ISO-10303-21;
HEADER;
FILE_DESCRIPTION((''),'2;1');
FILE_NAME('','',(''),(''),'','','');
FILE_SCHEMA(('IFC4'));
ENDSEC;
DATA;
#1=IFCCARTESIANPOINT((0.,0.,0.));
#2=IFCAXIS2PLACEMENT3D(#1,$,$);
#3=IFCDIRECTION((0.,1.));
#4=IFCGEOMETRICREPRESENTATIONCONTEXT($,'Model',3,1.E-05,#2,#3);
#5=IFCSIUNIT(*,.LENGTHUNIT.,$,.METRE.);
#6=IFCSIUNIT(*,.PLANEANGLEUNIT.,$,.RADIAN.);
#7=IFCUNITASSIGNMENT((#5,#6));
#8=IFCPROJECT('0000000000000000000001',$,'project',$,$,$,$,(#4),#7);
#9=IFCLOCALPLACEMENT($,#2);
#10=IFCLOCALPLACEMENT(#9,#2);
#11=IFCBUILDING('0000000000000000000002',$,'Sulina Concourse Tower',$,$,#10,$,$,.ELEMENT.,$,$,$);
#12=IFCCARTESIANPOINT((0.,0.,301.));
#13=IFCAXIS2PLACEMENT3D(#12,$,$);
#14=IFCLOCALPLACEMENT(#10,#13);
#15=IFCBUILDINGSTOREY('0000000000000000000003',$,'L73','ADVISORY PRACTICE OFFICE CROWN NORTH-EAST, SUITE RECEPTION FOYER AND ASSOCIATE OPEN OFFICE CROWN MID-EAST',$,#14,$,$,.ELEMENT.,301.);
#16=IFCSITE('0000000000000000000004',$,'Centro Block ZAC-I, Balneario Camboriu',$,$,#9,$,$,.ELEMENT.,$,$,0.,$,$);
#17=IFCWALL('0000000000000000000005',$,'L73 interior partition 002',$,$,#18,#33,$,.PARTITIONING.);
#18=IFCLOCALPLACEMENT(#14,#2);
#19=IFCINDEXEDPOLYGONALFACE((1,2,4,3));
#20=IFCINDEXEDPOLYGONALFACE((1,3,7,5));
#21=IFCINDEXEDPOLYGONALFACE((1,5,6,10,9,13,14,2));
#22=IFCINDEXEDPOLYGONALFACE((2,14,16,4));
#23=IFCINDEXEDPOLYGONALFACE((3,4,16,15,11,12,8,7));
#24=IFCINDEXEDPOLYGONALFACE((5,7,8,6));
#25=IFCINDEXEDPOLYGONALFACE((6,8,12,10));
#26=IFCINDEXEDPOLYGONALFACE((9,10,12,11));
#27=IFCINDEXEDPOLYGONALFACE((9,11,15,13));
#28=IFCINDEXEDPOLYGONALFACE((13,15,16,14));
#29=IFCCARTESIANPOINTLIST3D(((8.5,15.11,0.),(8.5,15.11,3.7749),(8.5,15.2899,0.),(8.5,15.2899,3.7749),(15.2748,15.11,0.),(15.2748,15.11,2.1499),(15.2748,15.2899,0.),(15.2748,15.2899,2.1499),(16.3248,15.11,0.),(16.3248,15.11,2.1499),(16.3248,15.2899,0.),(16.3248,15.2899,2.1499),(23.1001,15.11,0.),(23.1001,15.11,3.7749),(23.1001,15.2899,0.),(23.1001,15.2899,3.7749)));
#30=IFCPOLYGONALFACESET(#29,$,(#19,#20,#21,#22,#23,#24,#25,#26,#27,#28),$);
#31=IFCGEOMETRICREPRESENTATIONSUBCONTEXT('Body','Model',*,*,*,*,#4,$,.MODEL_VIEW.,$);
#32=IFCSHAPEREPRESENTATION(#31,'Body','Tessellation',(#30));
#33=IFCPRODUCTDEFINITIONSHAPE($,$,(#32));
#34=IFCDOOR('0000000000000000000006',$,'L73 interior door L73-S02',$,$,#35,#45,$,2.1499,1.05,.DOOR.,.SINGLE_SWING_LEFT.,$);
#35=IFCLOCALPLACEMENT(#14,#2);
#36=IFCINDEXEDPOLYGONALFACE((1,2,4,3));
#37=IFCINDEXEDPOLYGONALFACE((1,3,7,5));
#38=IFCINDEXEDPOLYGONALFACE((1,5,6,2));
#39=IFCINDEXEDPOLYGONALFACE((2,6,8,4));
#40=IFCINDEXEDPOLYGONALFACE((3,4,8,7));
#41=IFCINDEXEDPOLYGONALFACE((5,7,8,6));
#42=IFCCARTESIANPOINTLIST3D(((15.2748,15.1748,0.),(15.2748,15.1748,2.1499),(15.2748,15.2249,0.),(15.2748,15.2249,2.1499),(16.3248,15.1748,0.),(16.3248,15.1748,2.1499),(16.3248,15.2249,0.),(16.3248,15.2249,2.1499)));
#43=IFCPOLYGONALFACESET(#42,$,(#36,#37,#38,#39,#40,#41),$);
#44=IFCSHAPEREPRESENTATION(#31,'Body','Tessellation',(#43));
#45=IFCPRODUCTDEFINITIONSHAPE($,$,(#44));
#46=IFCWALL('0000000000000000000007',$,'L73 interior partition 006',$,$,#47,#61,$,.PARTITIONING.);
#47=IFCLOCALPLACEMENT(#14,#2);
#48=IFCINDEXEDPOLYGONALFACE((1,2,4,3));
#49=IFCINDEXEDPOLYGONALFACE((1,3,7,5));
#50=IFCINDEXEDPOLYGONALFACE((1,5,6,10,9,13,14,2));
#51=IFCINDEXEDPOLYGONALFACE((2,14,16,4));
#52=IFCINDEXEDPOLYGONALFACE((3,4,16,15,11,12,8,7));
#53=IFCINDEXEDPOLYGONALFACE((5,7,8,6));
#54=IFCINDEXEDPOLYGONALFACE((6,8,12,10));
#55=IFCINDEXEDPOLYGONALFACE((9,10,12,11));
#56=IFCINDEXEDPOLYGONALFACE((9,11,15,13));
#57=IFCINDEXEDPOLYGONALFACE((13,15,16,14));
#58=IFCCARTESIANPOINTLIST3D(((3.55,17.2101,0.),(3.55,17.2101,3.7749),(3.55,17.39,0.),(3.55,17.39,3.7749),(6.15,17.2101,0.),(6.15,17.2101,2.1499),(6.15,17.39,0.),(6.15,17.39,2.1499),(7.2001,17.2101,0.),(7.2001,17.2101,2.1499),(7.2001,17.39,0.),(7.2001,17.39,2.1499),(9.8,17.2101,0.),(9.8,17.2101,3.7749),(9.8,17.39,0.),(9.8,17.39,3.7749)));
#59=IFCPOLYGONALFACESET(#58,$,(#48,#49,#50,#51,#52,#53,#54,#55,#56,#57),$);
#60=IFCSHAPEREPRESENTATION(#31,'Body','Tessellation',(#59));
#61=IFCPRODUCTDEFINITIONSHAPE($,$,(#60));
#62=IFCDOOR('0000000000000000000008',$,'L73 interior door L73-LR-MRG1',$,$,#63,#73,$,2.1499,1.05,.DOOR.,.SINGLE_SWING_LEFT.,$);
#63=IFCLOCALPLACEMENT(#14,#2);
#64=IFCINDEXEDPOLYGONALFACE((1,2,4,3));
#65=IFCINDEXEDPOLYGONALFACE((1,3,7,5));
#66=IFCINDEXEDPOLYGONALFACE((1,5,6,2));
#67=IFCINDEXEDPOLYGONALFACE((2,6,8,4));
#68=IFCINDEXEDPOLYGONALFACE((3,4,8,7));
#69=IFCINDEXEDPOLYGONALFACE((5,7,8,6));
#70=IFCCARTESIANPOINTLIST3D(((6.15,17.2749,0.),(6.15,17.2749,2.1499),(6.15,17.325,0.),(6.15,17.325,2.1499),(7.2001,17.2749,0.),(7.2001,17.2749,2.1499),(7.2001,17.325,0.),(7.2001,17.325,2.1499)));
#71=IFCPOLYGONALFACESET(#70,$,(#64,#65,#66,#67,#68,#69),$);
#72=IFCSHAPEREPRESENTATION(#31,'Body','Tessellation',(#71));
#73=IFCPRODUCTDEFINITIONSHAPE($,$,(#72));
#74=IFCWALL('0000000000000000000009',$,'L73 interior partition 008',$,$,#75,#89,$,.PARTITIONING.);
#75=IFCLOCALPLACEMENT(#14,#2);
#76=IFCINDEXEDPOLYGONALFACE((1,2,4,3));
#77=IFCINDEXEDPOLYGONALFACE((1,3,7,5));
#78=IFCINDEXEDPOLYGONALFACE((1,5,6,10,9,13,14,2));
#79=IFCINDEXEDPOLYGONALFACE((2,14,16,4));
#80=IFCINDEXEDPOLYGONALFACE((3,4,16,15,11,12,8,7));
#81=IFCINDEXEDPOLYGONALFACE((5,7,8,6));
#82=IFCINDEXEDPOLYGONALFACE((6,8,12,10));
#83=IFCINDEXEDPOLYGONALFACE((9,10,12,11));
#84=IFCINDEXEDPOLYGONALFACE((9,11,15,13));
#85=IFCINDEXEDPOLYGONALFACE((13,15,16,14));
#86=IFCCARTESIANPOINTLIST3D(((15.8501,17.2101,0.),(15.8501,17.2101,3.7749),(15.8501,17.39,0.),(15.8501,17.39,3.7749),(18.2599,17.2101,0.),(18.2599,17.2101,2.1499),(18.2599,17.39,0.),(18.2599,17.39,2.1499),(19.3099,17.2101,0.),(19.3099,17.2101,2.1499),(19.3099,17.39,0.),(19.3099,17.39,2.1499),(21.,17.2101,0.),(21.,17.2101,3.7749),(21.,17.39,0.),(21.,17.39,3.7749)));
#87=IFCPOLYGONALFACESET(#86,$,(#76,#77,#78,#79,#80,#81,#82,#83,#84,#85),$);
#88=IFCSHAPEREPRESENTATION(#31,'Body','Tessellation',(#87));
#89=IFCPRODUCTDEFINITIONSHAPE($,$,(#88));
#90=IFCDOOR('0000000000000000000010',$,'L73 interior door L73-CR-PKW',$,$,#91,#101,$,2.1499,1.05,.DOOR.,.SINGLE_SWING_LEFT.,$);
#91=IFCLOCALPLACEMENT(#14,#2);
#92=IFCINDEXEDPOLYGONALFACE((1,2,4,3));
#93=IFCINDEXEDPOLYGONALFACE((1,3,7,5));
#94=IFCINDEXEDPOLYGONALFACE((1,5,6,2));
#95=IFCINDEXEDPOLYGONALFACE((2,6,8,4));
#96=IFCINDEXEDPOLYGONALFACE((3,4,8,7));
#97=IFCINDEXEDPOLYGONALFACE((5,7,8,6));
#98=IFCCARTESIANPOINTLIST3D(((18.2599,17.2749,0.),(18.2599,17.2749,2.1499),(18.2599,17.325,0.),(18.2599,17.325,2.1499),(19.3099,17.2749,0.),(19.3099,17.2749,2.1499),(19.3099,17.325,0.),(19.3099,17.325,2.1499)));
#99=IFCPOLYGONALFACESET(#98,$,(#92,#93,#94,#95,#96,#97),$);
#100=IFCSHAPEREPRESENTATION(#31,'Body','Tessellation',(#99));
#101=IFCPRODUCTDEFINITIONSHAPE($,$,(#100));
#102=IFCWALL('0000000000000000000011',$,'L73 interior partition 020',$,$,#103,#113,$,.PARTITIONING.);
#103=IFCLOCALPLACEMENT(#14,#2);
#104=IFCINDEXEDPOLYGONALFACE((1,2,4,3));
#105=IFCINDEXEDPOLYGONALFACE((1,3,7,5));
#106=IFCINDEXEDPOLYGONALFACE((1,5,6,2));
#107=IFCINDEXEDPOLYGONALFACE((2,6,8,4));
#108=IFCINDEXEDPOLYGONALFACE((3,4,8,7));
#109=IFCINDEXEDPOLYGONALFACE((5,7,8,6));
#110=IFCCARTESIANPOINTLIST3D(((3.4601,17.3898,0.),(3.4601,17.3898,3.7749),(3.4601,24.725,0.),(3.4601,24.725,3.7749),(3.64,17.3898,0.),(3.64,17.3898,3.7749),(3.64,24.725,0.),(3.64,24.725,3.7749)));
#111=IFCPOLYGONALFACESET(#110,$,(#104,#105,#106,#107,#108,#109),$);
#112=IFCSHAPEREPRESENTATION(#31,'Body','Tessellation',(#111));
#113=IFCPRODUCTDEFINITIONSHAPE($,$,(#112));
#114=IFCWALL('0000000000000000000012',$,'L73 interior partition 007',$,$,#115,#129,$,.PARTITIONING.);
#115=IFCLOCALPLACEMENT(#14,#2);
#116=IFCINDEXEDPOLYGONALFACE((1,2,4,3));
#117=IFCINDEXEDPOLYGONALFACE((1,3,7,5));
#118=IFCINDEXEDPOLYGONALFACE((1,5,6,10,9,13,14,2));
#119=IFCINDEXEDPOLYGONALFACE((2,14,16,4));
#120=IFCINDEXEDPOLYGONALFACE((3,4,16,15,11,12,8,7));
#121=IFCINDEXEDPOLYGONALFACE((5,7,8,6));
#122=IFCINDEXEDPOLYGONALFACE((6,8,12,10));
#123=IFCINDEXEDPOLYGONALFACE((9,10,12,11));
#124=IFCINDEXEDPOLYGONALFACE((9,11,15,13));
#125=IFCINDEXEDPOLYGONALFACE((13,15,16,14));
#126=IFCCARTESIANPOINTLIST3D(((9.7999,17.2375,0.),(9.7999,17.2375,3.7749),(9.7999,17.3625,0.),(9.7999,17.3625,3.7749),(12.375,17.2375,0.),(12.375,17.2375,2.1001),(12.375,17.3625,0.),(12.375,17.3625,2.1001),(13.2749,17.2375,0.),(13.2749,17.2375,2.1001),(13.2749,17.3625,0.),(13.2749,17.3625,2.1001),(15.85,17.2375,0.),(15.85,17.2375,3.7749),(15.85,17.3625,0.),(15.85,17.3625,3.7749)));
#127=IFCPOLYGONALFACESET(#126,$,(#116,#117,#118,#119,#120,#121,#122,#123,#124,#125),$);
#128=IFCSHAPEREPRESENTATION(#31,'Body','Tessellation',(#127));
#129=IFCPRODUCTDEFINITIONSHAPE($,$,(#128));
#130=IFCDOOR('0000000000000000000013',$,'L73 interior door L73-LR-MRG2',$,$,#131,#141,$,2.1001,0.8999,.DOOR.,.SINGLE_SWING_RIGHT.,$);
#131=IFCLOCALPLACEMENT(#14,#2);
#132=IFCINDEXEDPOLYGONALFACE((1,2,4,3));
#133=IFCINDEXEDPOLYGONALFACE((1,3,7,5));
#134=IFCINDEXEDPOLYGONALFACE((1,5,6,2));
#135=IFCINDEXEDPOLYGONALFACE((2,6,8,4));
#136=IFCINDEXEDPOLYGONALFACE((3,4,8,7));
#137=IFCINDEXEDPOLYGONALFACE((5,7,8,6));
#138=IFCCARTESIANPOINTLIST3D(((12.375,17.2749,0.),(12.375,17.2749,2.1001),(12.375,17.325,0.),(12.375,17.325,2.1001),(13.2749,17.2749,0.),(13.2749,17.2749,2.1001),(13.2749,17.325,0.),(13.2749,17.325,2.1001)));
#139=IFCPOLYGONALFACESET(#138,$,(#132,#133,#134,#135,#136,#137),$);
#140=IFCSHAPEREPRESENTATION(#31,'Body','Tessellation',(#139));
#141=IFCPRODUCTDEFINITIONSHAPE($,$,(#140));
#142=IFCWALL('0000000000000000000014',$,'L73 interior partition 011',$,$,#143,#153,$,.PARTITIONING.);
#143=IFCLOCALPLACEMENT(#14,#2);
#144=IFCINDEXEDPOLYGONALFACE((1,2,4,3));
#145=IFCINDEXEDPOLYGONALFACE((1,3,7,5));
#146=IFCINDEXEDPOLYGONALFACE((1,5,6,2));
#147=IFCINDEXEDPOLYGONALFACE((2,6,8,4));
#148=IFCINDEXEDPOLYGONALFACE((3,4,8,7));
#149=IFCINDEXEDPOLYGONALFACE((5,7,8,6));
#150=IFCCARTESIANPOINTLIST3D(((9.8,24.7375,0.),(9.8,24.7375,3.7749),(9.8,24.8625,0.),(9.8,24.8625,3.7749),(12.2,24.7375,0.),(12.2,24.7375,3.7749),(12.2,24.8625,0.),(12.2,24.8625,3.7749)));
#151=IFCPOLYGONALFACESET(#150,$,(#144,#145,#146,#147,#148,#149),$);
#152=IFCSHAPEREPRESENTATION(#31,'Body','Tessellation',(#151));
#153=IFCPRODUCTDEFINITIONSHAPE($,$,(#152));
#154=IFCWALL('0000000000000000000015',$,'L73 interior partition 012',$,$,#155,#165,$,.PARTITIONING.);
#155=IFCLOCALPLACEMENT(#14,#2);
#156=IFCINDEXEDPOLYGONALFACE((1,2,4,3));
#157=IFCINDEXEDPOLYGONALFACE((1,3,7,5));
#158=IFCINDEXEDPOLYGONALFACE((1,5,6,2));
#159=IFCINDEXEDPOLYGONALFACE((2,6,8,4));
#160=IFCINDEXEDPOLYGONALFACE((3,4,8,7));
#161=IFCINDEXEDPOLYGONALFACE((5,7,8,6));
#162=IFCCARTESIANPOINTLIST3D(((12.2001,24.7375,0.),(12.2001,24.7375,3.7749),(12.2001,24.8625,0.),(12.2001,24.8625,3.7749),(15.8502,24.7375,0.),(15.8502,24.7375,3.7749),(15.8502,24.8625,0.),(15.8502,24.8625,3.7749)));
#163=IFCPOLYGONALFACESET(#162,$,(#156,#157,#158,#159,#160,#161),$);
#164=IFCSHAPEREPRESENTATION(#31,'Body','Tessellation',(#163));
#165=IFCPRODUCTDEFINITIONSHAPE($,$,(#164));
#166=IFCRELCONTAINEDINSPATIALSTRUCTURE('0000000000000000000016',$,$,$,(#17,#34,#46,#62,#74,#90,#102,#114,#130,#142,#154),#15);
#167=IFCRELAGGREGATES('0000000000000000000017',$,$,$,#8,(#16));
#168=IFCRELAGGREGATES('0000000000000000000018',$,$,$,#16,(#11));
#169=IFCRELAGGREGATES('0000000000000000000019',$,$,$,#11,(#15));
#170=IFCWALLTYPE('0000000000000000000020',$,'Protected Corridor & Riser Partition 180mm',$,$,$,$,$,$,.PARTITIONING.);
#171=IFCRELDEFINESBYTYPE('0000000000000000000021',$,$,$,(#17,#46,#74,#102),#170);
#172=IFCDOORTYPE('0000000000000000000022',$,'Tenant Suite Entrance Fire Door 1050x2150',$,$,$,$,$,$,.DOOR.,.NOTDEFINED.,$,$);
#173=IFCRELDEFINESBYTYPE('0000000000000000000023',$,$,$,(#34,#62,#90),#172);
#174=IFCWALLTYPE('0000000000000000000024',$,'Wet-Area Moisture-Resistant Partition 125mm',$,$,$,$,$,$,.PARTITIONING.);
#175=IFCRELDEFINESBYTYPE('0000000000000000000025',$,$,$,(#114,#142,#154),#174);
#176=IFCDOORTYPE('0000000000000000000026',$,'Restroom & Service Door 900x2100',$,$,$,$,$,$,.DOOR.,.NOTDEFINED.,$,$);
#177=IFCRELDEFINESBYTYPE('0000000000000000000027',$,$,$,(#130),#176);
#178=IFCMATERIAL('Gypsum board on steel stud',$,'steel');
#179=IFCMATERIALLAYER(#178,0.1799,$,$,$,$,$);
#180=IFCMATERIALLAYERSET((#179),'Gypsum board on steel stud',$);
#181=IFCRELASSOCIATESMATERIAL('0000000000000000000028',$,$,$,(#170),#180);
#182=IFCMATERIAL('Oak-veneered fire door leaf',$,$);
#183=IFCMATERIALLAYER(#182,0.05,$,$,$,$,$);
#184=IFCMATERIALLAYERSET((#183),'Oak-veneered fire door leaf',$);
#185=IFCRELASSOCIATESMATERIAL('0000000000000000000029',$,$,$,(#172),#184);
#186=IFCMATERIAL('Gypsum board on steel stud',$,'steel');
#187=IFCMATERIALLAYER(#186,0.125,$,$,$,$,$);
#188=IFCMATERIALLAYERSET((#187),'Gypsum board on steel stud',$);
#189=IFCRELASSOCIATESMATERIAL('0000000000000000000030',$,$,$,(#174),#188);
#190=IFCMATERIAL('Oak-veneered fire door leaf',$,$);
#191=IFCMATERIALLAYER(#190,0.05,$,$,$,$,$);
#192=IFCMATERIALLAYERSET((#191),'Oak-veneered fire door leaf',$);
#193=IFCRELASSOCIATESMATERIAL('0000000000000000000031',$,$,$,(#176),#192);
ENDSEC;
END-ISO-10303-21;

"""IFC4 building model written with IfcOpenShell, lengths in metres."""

from ifc_helpers import new_model, si_unit, direction, frame, frame_2d, origin, place, context, subcontext, project, spatial, rectangle, extrude, material, layer, layer_set, type_object, element, fill, save


model = new_model("IFC4")

# Units and contexts
model_context = context("Model", 3, precision=1e-05, world=origin(), true_north=direction((0.0, 1.0)))
body_context = subcontext(model_context, "Body", "Model", "MODEL_VIEW")
ifc_project = project(units=[si_unit("LENGTHUNIT", "METRE"), si_unit("PLANEANGLEUNIT", "RADIAN")], contexts=[model_context])

# Site, building, storey
site_placement = place(None, origin())
site = spatial("IfcSite", under=ifc_project, at=site_placement, Name="Centro Block ZAC-I, Balneario Camboriu", CompositionType="ELEMENT", RefElevation=0.0)
building_placement = place(site_placement, origin())
building = spatial("IfcBuilding", under=site, at=building_placement, Name="Sulina Concourse Tower", CompositionType="ELEMENT")
storey_placement = place(building_placement, frame((0.0, 0.0, 301.0)))
storey = spatial("IfcBuildingStorey", under=building, at=storey_placement, Name="L73", Description="ADVISORY PRACTICE OFFICE CROWN NORTH-EAST, SUITE RECEPTION FOYER AND ASSOCIATE OPEN OFFICE CROWN MID-EAST", CompositionType="ELEMENT", Elevation=301.0)

# Walls, openings, doors
ifc_material_1 = material(Name="Gypsum board on steel stud", Category="steel")
ifc_layer_1 = layer(ifc_material_1, 0.1799)
ifc_layer_set_1 = layer_set([ifc_layer_1], Name="Gypsum board on steel stud")
wall_type_1 = type_object("IfcWallType", Name="Protected Corridor & Riser Partition 180mm", PredefinedType="PARTITIONING", material=ifc_layer_set_1)
wall_1_placement = place(storey_placement, frame((8.5, 15.2, 0.0), z_axis=(0.0, 0.0, 1.0), x_axis=(1.0, 0.0, 0.0)))
wall_1 = element("IfcWall", 1, at=wall_1_placement, inside=storey, type_object=wall_type_1, Name="L73 interior partition 002", PredefinedType="PARTITIONING", context=body_context, shape_type="SweptSolid", body=[
    extrude(rectangle(XDim=14.6001, YDim=0.1799, at=frame_2d((7.3, 0.0))), origin(), (0.0, 0.0, 1.0), 3.7749),
])
opening_1_placement = place(wall_1_placement, frame((6.7749, 0.0, 0.0)))
opening_1 = element("IfcOpeningElement", 2, at=opening_1_placement, cuts=wall_1, PredefinedType="OPENING", context=body_context, shape_type="SweptSolid", body=[
    extrude(rectangle(XDim=1.05, YDim=2.1499, at=frame_2d((0.5249, 1.075))), frame((0.0, 0.0999, 0.0), z_axis=(0.0, -1.0, 0.0), x_axis=(1.0, 0.0, 0.0)), (0.0, 0.0, 1.0), 0.2),
])
ifc_material_2 = material(Name="Oak-veneered fire door leaf")
ifc_layer_2 = layer(ifc_material_2, 0.05)
ifc_layer_set_2 = layer_set([ifc_layer_2], Name="Oak-veneered fire door leaf")
door_type_1 = type_object("IfcDoorType", Name="Tenant Suite Entrance Fire Door 1050x2150", OperationType="NOTDEFINED", PredefinedType="DOOR", material=ifc_layer_set_2)
door_1_placement = place(opening_1_placement, origin())
door_1 = element("IfcDoor", 3, at=door_1_placement, inside=storey, type_object=door_type_1, Name="L73 interior door L73-S02", OperationType="SINGLE_SWING_LEFT", OverallHeight=2.1499, OverallWidth=1.05, PredefinedType="DOOR", context=body_context, shape_type="SweptSolid", body=[
    extrude(rectangle(XDim=1.05, YDim=2.1499, at=frame_2d((0.5249, 1.075))), frame((0.0, 0.0249, 0.0), z_axis=(0.0, -1.0, 0.0), x_axis=(1.0, 0.0, 0.0)), (0.0, 0.0, 1.0), 0.05),
])
fill(opening_1, door_1)
wall_2_placement = place(storey_placement, frame((3.55, 17.3, 0.0), z_axis=(0.0, 0.0, 1.0), x_axis=(1.0, 0.0, 0.0)))
wall_2 = element("IfcWall", 4, at=wall_2_placement, inside=storey, type_object=wall_type_1, Name="L73 interior partition 006", PredefinedType="PARTITIONING", context=body_context, shape_type="SweptSolid", body=[
    extrude(rectangle(XDim=6.25, YDim=0.1799, at=frame_2d((3.125, 0.0))), origin(), (0.0, 0.0, 1.0), 3.7749),
])
opening_2_placement = place(wall_2_placement, frame((2.6001, 0.0, 0.0)))
opening_2 = element("IfcOpeningElement", 5, at=opening_2_placement, cuts=wall_2, PredefinedType="OPENING", context=body_context, shape_type="SweptSolid", body=[
    extrude(rectangle(XDim=1.05, YDim=2.1499, at=frame_2d((0.5249, 1.075))), frame((0.0, 0.0999, 0.0), z_axis=(0.0, -1.0, 0.0), x_axis=(1.0, 0.0, 0.0)), (0.0, 0.0, 1.0), 0.2),
])
door_2_placement = place(opening_2_placement, origin())
door_2 = element("IfcDoor", 6, at=door_2_placement, inside=storey, type_object=door_type_1, Name="L73 interior door L73-LR-MRG1", OperationType="SINGLE_SWING_LEFT", OverallHeight=2.1499, OverallWidth=1.05, PredefinedType="DOOR", context=body_context, shape_type="SweptSolid", body=[
    extrude(rectangle(XDim=1.05, YDim=2.1499, at=frame_2d((0.5249, 1.075))), frame((0.0, 0.0249, 0.0), z_axis=(0.0, -1.0, 0.0), x_axis=(1.0, 0.0, 0.0)), (0.0, 0.0, 1.0), 0.05),
])
fill(opening_2, door_2)
wall_3_placement = place(storey_placement, frame((15.8501, 17.3, 0.0), z_axis=(0.0, 0.0, 1.0), x_axis=(1.0, 0.0, 0.0)))
wall_3 = element("IfcWall", 7, at=wall_3_placement, inside=storey, type_object=wall_type_1, Name="L73 interior partition 008", PredefinedType="PARTITIONING", context=body_context, shape_type="SweptSolid", body=[
    extrude(rectangle(XDim=5.1499, YDim=0.1799, at=frame_2d((2.575, 0.0))), origin(), (0.0, 0.0, 1.0), 3.7749),
])
opening_3_placement = place(wall_3_placement, frame((2.4099, 0.0, 0.0)))
opening_3 = element("IfcOpeningElement", 8, at=opening_3_placement, cuts=wall_3, PredefinedType="OPENING", context=body_context, shape_type="SweptSolid", body=[
    extrude(rectangle(XDim=1.05, YDim=2.1499, at=frame_2d((0.5249, 1.075))), frame((0.0, 0.0999, 0.0), z_axis=(0.0, -1.0, 0.0), x_axis=(1.0, 0.0, 0.0)), (0.0, 0.0, 1.0), 0.2),
])
door_3_placement = place(opening_3_placement, origin())
door_3 = element("IfcDoor", 9, at=door_3_placement, inside=storey, type_object=door_type_1, Name="L73 interior door L73-CR-PKW", OperationType="SINGLE_SWING_LEFT", OverallHeight=2.1499, OverallWidth=1.05, PredefinedType="DOOR", context=body_context, shape_type="SweptSolid", body=[
    extrude(rectangle(XDim=1.05, YDim=2.1499, at=frame_2d((0.5249, 1.075))), frame((0.0, 0.0249, 0.0), z_axis=(0.0, -1.0, 0.0), x_axis=(1.0, 0.0, 0.0)), (0.0, 0.0, 1.0), 0.05),
])
fill(opening_3, door_3)

# Wall
wall_4_placement = place(storey_placement, frame((3.55, 17.3899, 0.0), z_axis=(0.0, 0.0, 1.0), x_axis=(0.0, 1.0, 0.0)))
element("IfcWall", 10, at=wall_4_placement, inside=storey, type_object=wall_type_1, Name="L73 interior partition 020", PredefinedType="PARTITIONING", context=body_context, shape_type="SweptSolid", body=[
    extrude(rectangle(XDim=7.3352, YDim=0.1799, at=frame_2d((3.6675, 0.0))), origin(), (0.0, 0.0, 1.0), 3.7749),
])

# Wall, opening, door
ifc_material_3 = material(Name="Gypsum board on steel stud", Category="steel")
ifc_layer_3 = layer(ifc_material_3, 0.125)
ifc_layer_set_3 = layer_set([ifc_layer_3], Name="Gypsum board on steel stud")
wall_type_2 = type_object("IfcWallType", Name="Wet-Area Moisture-Resistant Partition 125mm", PredefinedType="PARTITIONING", material=ifc_layer_set_3)
wall_5_placement = place(storey_placement, frame((9.8, 17.3, 0.0), z_axis=(0.0, 0.0, 1.0), x_axis=(1.0, 0.0, 0.0)))
wall_5 = element("IfcWall", 11, at=wall_5_placement, inside=storey, type_object=wall_type_2, Name="L73 interior partition 007", PredefinedType="PARTITIONING", context=body_context, shape_type="SweptSolid", body=[
    extrude(rectangle(XDim=6.05, YDim=0.125, at=frame_2d((3.0249, 0.0))), origin(), (0.0, 0.0, 1.0), 3.7749),
])
opening_4_placement = place(wall_5_placement, frame((2.575, 0.0, 0.0)))
opening_4 = element("IfcOpeningElement", 12, at=opening_4_placement, cuts=wall_5, PredefinedType="OPENING", context=body_context, shape_type="SweptSolid", body=[
    extrude(rectangle(XDim=0.8999, YDim=2.1001, at=frame_2d((0.45, 1.05))), frame((0.0, 0.0725, 0.0), z_axis=(0.0, -1.0, 0.0), x_axis=(1.0, 0.0, 0.0)), (0.0, 0.0, 1.0), 0.145),
])
ifc_material_4 = material(Name="Oak-veneered fire door leaf")
ifc_layer_4 = layer(ifc_material_4, 0.05)
ifc_layer_set_4 = layer_set([ifc_layer_4], Name="Oak-veneered fire door leaf")
door_type_2 = type_object("IfcDoorType", Name="Restroom & Service Door 900x2100", OperationType="NOTDEFINED", PredefinedType="DOOR", material=ifc_layer_set_4)
door_4_placement = place(opening_4_placement, origin())
door_4 = element("IfcDoor", 13, at=door_4_placement, inside=storey, type_object=door_type_2, Name="L73 interior door L73-LR-MRG2", OperationType="SINGLE_SWING_RIGHT", OverallHeight=2.1001, OverallWidth=0.8999, PredefinedType="DOOR", context=body_context, shape_type="SweptSolid", body=[
    extrude(rectangle(XDim=0.8999, YDim=2.1001, at=frame_2d((0.45, 1.05))), frame((0.0, 0.0249, 0.0), z_axis=(0.0, -1.0, 0.0), x_axis=(1.0, 0.0, 0.0)), (0.0, 0.0, 1.0), 0.05),
])
fill(opening_4, door_4)

# Walls
wall_6_placement = place(storey_placement, frame((9.8, 24.8, 0.0), z_axis=(0.0, 0.0, 1.0), x_axis=(1.0, 0.0, 0.0)))
element("IfcWall", 14, at=wall_6_placement, inside=storey, type_object=wall_type_2, Name="L73 interior partition 011", PredefinedType="PARTITIONING", context=body_context, shape_type="SweptSolid", body=[
    extrude(rectangle(XDim=2.3999, YDim=0.125, at=frame_2d((1.2, 0.0))), origin(), (0.0, 0.0, 1.0), 3.7749),
])
wall_7_placement = place(storey_placement, frame((12.2, 24.8, 0.0), z_axis=(0.0, 0.0, 1.0), x_axis=(1.0, 0.0, 0.0)))
element("IfcWall", 15, at=wall_7_placement, inside=storey, type_object=wall_type_2, Name="L73 interior partition 012", PredefinedType="PARTITIONING", context=body_context, shape_type="SweptSolid", body=[
    extrude(rectangle(XDim=3.6501, YDim=0.125, at=frame_2d((1.8252, 0.0))), origin(), (0.0, 0.0, 1.0), 3.7749),
])

save(model, "model.ifc")
